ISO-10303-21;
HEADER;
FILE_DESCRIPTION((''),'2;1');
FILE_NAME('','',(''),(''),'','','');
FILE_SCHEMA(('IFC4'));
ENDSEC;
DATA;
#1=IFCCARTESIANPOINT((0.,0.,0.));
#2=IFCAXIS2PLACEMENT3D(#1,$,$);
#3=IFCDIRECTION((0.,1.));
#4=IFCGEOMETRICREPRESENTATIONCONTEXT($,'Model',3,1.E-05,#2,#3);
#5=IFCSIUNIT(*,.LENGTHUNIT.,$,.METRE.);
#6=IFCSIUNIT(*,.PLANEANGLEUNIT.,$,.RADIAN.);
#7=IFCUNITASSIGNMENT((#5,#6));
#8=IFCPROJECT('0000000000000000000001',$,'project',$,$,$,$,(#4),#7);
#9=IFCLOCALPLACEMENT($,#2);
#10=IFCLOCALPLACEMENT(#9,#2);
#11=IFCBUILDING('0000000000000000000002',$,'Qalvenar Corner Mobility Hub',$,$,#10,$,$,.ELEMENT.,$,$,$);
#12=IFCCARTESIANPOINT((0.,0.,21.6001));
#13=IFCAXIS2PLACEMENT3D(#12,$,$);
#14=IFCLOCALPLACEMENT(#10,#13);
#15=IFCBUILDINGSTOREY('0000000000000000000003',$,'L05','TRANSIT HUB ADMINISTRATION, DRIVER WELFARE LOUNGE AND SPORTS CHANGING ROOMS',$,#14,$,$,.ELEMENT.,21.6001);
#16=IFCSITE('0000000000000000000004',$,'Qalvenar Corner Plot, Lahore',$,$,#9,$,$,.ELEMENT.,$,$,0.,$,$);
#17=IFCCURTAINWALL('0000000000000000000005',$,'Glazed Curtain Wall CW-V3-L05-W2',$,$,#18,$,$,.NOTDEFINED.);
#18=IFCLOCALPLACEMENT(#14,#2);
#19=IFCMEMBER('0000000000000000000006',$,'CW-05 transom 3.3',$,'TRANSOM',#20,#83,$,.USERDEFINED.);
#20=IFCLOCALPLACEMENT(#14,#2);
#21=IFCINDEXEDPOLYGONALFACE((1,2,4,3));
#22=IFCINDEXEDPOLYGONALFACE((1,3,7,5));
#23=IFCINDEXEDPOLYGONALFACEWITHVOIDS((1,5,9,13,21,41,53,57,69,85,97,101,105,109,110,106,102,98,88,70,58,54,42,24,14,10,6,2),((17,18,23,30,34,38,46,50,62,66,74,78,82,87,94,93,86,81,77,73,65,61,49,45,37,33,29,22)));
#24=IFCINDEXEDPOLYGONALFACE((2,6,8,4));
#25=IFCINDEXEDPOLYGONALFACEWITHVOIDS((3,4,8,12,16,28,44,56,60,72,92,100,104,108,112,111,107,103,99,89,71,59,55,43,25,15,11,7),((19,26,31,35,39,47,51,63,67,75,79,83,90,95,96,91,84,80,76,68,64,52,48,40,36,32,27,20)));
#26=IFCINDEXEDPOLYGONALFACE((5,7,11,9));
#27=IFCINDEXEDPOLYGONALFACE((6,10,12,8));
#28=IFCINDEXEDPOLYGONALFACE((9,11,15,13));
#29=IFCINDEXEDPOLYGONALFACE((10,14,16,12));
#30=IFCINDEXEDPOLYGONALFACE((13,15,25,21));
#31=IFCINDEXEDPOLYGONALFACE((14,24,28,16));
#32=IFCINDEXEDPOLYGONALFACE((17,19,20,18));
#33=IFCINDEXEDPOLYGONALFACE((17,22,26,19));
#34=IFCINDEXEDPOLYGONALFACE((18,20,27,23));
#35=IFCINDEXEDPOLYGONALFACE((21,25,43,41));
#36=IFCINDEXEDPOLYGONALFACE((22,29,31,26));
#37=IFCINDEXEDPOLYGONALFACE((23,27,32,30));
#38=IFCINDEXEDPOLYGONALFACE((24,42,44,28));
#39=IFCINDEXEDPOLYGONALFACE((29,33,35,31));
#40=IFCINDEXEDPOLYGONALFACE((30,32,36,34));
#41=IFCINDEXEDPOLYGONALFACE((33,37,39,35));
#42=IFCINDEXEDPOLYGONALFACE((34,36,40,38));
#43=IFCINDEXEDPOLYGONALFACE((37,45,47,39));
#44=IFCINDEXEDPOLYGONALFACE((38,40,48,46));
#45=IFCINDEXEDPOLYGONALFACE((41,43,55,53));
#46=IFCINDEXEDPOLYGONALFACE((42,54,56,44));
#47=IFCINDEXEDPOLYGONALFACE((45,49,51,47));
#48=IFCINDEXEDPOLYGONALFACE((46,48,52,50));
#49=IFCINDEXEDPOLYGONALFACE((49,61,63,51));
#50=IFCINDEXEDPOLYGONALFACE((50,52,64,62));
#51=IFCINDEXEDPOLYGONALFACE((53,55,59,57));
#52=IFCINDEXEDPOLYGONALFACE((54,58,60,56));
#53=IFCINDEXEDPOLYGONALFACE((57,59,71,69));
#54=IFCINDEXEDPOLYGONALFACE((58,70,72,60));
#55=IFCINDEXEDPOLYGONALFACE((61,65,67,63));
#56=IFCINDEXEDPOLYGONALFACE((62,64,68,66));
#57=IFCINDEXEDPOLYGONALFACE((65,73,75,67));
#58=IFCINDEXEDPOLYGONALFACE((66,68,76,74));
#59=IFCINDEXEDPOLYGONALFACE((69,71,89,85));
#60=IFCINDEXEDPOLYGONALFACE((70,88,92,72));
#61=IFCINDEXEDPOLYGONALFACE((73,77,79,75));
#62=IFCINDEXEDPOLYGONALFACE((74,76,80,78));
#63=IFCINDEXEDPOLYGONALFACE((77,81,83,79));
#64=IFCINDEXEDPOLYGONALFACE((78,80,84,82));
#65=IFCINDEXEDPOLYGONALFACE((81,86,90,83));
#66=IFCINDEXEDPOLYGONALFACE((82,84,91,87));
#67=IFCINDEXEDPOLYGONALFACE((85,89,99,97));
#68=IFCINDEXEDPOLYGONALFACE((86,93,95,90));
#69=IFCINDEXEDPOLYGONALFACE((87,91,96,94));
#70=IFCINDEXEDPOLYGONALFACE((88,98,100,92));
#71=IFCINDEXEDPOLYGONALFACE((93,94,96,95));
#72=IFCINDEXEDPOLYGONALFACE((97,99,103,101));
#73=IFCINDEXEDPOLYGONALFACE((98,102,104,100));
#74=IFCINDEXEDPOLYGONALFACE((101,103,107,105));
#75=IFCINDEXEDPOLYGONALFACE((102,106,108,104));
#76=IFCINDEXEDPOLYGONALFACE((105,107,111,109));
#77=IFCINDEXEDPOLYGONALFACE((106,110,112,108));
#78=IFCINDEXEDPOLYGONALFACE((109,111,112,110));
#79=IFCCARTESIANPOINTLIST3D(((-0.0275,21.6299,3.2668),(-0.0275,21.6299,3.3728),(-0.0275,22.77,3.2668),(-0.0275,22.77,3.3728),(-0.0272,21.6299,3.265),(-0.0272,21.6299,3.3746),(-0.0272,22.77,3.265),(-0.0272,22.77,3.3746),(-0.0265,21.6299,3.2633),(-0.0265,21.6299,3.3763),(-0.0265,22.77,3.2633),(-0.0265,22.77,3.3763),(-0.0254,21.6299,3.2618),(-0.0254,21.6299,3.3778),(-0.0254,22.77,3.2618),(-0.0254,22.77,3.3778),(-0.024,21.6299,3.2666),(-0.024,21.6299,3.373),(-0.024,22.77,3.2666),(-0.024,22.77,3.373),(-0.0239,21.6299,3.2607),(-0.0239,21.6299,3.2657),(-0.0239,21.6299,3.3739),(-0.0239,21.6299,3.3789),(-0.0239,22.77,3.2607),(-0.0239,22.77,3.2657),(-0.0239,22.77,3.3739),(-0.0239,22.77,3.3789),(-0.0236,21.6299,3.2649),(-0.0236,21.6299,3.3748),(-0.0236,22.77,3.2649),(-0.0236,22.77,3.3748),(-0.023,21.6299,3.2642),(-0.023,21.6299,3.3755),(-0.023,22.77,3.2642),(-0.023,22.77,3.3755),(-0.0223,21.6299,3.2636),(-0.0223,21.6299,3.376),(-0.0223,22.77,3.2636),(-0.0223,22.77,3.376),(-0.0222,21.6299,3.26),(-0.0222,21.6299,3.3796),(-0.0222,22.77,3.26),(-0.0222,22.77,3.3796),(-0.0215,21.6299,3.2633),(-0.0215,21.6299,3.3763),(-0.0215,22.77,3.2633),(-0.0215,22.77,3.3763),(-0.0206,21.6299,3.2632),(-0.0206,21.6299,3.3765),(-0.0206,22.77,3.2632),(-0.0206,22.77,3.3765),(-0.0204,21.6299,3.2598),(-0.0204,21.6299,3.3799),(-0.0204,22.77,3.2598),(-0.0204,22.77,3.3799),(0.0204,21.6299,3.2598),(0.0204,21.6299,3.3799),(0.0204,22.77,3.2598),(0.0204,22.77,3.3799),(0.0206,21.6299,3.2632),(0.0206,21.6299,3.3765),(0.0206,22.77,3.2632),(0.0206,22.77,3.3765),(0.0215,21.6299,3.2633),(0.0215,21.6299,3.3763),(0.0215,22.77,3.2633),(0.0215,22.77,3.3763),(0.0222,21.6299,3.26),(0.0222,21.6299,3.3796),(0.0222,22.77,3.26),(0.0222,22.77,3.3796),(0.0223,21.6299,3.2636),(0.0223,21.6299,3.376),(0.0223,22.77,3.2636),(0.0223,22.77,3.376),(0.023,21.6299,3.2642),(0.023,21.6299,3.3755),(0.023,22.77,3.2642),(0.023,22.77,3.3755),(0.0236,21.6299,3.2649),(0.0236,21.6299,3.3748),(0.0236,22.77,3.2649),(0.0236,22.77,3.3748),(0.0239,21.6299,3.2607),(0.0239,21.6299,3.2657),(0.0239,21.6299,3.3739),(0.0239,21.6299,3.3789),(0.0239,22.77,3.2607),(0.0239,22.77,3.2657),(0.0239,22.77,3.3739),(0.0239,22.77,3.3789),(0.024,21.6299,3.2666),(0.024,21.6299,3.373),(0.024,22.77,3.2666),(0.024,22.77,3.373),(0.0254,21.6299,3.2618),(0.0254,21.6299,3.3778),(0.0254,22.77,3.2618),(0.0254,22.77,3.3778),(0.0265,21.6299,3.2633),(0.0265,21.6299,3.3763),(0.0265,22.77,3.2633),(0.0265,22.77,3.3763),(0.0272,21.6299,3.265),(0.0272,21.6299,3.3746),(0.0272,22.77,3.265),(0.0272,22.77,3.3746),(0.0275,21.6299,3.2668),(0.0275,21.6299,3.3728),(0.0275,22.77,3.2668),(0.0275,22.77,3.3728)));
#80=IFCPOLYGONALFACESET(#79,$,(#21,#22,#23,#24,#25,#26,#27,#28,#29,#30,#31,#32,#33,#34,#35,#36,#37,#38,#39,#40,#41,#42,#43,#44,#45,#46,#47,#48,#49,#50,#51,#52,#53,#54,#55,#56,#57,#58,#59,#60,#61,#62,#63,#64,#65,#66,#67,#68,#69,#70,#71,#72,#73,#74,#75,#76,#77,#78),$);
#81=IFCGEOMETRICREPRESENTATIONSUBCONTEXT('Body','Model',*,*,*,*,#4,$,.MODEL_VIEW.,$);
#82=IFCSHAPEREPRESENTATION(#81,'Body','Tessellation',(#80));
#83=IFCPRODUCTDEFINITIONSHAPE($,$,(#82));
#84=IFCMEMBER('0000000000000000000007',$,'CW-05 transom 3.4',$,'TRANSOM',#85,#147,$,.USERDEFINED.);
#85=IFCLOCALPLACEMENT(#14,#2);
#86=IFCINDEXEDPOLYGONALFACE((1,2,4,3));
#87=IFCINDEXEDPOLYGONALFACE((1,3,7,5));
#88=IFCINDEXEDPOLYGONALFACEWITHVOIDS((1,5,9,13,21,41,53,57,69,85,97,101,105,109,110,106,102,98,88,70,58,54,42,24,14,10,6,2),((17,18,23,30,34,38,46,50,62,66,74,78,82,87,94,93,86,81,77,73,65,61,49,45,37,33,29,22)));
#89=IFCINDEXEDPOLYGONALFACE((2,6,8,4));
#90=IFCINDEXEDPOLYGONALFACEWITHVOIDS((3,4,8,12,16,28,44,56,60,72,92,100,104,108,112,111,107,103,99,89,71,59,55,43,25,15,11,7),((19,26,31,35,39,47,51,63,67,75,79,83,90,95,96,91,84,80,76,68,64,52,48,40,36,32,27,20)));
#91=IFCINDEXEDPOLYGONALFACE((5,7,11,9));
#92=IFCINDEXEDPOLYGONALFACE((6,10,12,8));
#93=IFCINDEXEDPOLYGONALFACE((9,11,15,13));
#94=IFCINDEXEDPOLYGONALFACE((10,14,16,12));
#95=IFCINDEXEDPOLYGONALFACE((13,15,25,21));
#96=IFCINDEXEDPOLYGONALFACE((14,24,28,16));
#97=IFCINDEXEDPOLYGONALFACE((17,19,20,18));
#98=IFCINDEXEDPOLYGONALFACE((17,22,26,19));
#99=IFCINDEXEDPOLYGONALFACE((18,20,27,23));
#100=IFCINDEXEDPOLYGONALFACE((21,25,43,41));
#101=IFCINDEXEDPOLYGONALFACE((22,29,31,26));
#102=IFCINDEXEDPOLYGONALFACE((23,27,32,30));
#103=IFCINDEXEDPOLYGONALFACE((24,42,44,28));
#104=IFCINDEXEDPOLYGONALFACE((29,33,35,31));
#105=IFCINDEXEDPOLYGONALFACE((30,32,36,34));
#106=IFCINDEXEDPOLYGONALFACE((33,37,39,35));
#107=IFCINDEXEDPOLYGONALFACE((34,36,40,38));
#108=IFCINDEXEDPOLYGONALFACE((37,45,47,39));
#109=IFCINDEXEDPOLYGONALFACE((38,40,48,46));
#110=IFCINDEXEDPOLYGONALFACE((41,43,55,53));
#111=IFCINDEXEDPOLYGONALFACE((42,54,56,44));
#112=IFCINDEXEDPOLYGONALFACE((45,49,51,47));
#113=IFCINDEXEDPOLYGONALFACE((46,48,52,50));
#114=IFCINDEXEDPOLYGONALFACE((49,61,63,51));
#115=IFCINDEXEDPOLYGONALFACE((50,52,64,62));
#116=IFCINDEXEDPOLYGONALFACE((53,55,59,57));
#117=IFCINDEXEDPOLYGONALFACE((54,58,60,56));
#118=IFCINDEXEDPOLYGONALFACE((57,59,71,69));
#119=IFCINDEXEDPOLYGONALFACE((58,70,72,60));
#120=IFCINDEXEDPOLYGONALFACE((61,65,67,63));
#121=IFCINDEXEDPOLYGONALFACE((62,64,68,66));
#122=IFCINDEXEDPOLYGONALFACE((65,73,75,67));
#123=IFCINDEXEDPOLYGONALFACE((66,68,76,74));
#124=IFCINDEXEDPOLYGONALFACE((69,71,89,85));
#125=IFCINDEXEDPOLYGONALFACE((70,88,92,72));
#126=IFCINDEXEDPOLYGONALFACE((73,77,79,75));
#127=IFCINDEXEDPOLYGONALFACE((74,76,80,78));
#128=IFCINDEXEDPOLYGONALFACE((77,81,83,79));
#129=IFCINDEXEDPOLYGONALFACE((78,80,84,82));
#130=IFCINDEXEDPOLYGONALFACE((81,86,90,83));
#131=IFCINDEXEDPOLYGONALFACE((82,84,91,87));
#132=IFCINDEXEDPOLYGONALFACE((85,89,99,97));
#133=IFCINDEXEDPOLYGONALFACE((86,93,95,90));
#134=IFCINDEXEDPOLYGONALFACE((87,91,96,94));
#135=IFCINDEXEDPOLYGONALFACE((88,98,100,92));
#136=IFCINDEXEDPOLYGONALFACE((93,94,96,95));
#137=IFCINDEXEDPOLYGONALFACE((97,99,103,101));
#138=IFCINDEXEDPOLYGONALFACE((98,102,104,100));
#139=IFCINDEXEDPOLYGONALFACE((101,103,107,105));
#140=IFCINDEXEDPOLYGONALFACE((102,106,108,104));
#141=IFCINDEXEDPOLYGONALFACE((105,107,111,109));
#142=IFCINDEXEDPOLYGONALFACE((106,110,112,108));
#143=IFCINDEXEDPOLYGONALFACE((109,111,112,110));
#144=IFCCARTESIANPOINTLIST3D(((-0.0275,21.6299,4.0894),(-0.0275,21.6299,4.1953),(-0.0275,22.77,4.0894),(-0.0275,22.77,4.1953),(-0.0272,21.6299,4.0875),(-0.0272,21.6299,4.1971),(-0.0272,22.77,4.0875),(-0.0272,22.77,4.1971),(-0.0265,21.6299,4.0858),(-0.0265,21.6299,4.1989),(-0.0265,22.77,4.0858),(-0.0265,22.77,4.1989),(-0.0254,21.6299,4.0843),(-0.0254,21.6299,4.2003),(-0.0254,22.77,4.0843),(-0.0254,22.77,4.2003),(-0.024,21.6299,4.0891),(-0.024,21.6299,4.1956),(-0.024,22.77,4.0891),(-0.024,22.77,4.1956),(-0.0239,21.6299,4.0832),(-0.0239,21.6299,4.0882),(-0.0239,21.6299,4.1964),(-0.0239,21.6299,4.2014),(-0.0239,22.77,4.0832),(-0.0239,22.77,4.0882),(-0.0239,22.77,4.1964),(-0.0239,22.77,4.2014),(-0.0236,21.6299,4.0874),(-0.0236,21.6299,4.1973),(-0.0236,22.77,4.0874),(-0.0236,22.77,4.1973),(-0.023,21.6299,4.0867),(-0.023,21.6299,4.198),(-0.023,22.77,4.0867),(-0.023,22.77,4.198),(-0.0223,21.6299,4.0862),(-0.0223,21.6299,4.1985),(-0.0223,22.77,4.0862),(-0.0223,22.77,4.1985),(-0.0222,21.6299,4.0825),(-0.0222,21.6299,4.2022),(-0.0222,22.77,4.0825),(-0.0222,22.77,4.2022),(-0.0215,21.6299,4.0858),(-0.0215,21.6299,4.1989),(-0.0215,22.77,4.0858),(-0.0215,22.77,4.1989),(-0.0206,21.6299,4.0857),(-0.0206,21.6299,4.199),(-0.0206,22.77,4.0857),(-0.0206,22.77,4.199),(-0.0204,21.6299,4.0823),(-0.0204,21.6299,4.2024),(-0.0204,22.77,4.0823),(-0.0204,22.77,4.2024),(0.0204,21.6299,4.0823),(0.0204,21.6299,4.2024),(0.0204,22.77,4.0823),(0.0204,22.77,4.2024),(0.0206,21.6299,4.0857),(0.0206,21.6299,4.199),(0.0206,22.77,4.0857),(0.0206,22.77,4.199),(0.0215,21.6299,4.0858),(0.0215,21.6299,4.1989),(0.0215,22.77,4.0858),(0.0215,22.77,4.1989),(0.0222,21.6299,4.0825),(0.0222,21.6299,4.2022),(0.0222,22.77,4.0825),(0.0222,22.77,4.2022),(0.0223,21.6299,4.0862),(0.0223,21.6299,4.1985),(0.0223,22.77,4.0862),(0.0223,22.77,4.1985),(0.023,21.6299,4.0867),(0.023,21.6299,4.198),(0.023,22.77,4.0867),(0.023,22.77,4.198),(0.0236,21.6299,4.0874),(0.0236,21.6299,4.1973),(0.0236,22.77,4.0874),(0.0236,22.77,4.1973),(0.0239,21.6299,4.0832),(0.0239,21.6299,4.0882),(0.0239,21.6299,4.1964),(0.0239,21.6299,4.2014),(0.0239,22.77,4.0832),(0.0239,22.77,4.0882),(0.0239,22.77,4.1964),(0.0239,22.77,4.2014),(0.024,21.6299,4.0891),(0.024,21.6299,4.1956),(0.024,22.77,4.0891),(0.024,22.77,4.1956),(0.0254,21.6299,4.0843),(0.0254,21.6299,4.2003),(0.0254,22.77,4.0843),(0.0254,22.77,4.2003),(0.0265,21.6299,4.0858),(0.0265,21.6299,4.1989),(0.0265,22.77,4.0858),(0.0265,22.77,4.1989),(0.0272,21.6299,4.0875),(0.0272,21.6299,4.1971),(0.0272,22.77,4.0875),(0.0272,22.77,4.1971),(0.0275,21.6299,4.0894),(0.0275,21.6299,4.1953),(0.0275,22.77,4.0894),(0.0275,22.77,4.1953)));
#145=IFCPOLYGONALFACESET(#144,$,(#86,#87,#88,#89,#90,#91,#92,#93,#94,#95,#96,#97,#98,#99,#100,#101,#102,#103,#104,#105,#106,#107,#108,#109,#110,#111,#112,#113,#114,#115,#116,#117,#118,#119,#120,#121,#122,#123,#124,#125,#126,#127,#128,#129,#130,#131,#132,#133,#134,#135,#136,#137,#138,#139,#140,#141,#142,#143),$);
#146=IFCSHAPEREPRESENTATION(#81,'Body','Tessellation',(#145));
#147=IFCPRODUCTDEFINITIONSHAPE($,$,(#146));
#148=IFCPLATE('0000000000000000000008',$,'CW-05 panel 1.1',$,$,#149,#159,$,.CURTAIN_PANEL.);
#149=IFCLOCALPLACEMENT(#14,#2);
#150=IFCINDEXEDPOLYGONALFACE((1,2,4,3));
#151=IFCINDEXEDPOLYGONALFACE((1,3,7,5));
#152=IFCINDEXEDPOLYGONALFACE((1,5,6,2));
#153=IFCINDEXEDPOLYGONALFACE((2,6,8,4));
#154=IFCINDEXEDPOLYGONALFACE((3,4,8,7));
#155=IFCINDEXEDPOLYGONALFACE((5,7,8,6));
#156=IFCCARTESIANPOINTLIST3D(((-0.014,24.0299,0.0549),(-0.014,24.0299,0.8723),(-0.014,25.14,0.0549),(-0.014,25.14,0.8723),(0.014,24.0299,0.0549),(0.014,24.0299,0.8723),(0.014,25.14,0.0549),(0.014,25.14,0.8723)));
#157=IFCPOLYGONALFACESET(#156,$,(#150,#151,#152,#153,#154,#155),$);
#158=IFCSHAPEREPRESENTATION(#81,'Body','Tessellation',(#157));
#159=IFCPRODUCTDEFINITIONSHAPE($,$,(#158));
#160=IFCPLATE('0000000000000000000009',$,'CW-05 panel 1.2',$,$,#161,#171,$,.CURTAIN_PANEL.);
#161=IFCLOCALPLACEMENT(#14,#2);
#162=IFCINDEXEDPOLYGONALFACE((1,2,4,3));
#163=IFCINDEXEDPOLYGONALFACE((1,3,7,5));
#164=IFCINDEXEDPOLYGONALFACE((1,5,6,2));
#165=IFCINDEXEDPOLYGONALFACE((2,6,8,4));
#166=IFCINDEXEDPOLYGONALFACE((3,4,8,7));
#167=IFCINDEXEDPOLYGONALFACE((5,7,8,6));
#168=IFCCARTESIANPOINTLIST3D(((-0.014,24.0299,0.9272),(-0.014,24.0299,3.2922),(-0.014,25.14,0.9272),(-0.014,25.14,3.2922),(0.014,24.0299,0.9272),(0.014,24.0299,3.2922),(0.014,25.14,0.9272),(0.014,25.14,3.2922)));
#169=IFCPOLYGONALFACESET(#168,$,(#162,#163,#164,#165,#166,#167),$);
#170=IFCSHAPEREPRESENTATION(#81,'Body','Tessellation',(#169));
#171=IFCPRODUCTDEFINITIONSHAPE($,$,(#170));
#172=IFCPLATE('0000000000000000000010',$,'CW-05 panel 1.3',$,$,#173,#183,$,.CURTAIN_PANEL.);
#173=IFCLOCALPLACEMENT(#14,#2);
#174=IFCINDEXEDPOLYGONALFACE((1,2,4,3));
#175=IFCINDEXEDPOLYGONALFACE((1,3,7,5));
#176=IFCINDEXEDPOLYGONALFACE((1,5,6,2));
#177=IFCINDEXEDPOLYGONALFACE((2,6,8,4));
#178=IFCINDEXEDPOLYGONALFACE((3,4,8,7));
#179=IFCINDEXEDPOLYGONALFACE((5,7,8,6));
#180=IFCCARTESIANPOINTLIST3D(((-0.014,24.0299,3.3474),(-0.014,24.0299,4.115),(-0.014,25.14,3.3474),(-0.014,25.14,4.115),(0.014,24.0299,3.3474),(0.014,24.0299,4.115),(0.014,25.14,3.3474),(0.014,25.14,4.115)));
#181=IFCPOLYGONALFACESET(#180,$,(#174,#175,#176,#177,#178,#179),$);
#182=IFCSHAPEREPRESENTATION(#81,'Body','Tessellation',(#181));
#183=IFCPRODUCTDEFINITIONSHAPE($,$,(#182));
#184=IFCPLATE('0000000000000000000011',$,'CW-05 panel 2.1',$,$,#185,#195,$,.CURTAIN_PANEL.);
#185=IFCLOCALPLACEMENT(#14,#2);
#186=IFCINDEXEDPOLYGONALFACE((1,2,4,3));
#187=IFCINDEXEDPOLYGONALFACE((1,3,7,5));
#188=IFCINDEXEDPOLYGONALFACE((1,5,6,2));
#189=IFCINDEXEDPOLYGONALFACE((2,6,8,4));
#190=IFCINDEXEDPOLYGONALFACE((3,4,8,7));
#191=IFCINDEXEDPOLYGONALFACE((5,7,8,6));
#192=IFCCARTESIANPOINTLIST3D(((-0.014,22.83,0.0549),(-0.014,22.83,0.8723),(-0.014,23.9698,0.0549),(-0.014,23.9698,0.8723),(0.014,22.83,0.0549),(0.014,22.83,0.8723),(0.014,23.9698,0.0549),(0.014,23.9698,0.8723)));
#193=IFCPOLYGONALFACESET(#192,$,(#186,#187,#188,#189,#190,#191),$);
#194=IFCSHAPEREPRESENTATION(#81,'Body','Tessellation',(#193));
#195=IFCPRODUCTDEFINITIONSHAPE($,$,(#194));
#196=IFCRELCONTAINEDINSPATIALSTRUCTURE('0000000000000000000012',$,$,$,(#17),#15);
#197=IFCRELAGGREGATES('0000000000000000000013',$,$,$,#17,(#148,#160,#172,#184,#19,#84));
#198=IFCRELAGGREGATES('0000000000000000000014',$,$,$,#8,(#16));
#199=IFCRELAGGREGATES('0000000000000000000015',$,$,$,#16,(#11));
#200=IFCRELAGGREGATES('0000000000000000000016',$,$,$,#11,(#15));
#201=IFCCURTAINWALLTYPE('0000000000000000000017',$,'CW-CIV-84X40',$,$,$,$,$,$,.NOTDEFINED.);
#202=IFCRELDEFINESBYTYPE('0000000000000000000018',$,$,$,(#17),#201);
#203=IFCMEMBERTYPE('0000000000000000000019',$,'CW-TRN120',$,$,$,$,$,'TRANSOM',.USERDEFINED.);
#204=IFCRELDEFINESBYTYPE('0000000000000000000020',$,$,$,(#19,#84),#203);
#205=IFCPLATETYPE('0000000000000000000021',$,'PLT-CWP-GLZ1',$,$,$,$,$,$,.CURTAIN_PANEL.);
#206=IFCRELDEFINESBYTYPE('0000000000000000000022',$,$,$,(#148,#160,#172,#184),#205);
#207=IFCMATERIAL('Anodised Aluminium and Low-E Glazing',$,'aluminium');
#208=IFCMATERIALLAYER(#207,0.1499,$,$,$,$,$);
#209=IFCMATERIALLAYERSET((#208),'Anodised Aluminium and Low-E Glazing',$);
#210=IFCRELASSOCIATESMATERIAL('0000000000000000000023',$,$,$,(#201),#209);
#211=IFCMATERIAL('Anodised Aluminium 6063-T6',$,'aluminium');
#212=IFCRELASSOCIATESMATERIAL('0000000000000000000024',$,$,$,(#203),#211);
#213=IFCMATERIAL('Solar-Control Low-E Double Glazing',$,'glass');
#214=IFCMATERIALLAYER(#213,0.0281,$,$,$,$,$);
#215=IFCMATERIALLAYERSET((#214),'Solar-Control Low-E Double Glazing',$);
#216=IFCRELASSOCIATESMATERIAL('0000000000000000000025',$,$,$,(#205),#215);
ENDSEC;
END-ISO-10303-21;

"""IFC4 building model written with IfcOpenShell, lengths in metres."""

from ifc_helpers import new_model, si_unit, direction, frame, origin, origin_2d, place, context, subcontext, project, spatial, rectangle, hollow_rectangle, extrude, material, layer, layer_set, material_profile, profile_set, type_object, element, aggregate, save


model = new_model("IFC4")

# Units and contexts
model_context = context("Model", 3, precision=1e-05, world=origin(), true_north=direction((0.0, 1.0)))
body_context = subcontext(model_context, "Body", "Model", "MODEL_VIEW")
ifc_project = project(units=[si_unit("LENGTHUNIT", "METRE"), si_unit("PLANEANGLEUNIT", "RADIAN")], contexts=[model_context])

# Site, building, storey
site_placement = place(None, origin())
site = spatial("IfcSite", under=ifc_project, at=site_placement, Name="Qalvenar Corner Plot, Lahore", CompositionType="ELEMENT", RefElevation=0.0)
building_placement = place(site_placement, origin())
building = spatial("IfcBuilding", under=site, at=building_placement, Name="Qalvenar Corner Mobility Hub", CompositionType="ELEMENT")
storey_placement = place(building_placement, frame((0.0, 0.0, 21.6001)))
storey = spatial("IfcBuildingStorey", under=building, at=storey_placement, Name="L05", Description="TRANSIT HUB ADMINISTRATION, DRIVER WELFARE LOUNGE AND SPORTS CHANGING ROOMS", CompositionType="ELEMENT", Elevation=21.6001)

# Curtain wall, members, plates
ifc_material_1 = material(Name="Anodised Aluminium and Low-E Glazing", Category="aluminium")
ifc_layer_1 = layer(ifc_material_1, 0.1499)
ifc_layer_set_1 = layer_set([ifc_layer_1], Name="Anodised Aluminium and Low-E Glazing")
curtain_wall_type = type_object("IfcCurtainWallType", Name="CW-CIV-84X40", PredefinedType="NOTDEFINED", material=ifc_layer_set_1)
curtain_wall_placement = place(storey_placement, origin())
curtain_wall = element("IfcCurtainWall", 1, at=curtain_wall_placement, inside=storey, type_object=curtain_wall_type, Name="Glazed Curtain Wall CW-V3-L05-W2", PredefinedType="NOTDEFINED")
ifc_material_2 = material(Name="Anodised Aluminium 6063-T6", Category="aluminium")
ifc_material_profile_1 = material_profile(ifc_material_2, hollow_rectangle(XDim=0.0549, YDim=0.1201, WallThickness=0.0034, InnerFilletRadius=0.0034, OuterFilletRadius=0.0071, at=origin_2d()), Name="RHS120x55x3.5")
ifc_profile_set_1 = profile_set([ifc_material_profile_1], Name="Anodised Aluminium 6063-T6")
member_type_1 = type_object("IfcMemberType", Name="CW-TRN120", ElementType="TRANSOM", PredefinedType="USERDEFINED", material=ifc_profile_set_1)
member_1_placement = place(storey_placement, frame((0.0, 22.77, 3.3198), z_axis=(0.0, -1.0, 0.0), x_axis=(1.0, 0.0, 0.0)))
member_1 = element("IfcMember", 2, at=member_1_placement, type_object=member_type_1, Name="CW-05 transom 3.3", ObjectType="TRANSOM", PredefinedType="USERDEFINED", context=body_context, shape_type="SweptSolid", body=[
    extrude(hollow_rectangle(XDim=0.0549, YDim=0.1201, WallThickness=0.0034, InnerFilletRadius=0.0034, OuterFilletRadius=0.0071, at=origin_2d()), origin(), (0.0, 0.0, 1.0), 1.1401),
])
member_2_placement = place(storey_placement, frame((0.0, 22.77, 4.1423), z_axis=(0.0, -1.0, 0.0), x_axis=(1.0, 0.0, 0.0)))
member_2 = element("IfcMember", 3, at=member_2_placement, type_object=member_type_1, Name="CW-05 transom 3.4", ObjectType="TRANSOM", PredefinedType="USERDEFINED", context=body_context, shape_type="SweptSolid", body=[
    extrude(hollow_rectangle(XDim=0.0549, YDim=0.1201, WallThickness=0.0034, InnerFilletRadius=0.0034, OuterFilletRadius=0.0071, at=origin_2d()), origin(), (0.0, 0.0, 1.0), 1.1401),
])
ifc_material_3 = material(Name="Solar-Control Low-E Double Glazing", Category="glass")
ifc_layer_2 = layer(ifc_material_3, 0.0281)
ifc_layer_set_2 = layer_set([ifc_layer_2], Name="Solar-Control Low-E Double Glazing")
plate_type = type_object("IfcPlateType", Name="PLT-CWP-GLZ1", PredefinedType="CURTAIN_PANEL", material=ifc_layer_set_2)
plate_1_placement = place(storey_placement, frame((0.0, 24.585, 0.0549), z_axis=(0.0, 0.0, 1.0), x_axis=(0.0, -1.0, 0.0)))
plate_1 = element("IfcPlate", 4, at=plate_1_placement, type_object=plate_type, Name="CW-05 panel 1.1", PredefinedType="CURTAIN_PANEL", context=body_context, shape_type="SweptSolid", body=[
    extrude(rectangle(XDim=1.1101, YDim=0.0281, at=origin_2d()), origin(), (0.0, 0.0, 1.0), 0.8174),
])
plate_2_placement = place(storey_placement, frame((0.0, 24.585, 0.9272), z_axis=(0.0, 0.0, 1.0), x_axis=(0.0, -1.0, 0.0)))
plate_2 = element("IfcPlate", 5, at=plate_2_placement, type_object=plate_type, Name="CW-05 panel 1.2", PredefinedType="CURTAIN_PANEL", context=body_context, shape_type="SweptSolid", body=[
    extrude(rectangle(XDim=1.1101, YDim=0.0281, at=origin_2d()), origin(), (0.0, 0.0, 1.0), 2.365),
])
plate_3_placement = place(storey_placement, frame((0.0, 24.585, 3.3474), z_axis=(0.0, 0.0, 1.0), x_axis=(0.0, -1.0, 0.0)))
plate_3 = element("IfcPlate", 6, at=plate_3_placement, type_object=plate_type, Name="CW-05 panel 1.3", PredefinedType="CURTAIN_PANEL", context=body_context, shape_type="SweptSolid", body=[
    extrude(rectangle(XDim=1.1101, YDim=0.0281, at=origin_2d()), origin(), (0.0, 0.0, 1.0), 0.7676),
])
plate_4_placement = place(storey_placement, frame((0.0, 23.3999, 0.0549), z_axis=(0.0, 0.0, 1.0), x_axis=(0.0, -1.0, 0.0)))
plate_4 = element("IfcPlate", 7, at=plate_4_placement, type_object=plate_type, Name="CW-05 panel 2.1", PredefinedType="CURTAIN_PANEL", context=body_context, shape_type="SweptSolid", body=[
    extrude(rectangle(XDim=1.1399, YDim=0.0281, at=origin_2d()), origin(), (0.0, 0.0, 1.0), 0.8174),
])
aggregate(curtain_wall, [plate_1, plate_2, plate_3, plate_4, member_1, member_2])

save(model, "model.ifc")
